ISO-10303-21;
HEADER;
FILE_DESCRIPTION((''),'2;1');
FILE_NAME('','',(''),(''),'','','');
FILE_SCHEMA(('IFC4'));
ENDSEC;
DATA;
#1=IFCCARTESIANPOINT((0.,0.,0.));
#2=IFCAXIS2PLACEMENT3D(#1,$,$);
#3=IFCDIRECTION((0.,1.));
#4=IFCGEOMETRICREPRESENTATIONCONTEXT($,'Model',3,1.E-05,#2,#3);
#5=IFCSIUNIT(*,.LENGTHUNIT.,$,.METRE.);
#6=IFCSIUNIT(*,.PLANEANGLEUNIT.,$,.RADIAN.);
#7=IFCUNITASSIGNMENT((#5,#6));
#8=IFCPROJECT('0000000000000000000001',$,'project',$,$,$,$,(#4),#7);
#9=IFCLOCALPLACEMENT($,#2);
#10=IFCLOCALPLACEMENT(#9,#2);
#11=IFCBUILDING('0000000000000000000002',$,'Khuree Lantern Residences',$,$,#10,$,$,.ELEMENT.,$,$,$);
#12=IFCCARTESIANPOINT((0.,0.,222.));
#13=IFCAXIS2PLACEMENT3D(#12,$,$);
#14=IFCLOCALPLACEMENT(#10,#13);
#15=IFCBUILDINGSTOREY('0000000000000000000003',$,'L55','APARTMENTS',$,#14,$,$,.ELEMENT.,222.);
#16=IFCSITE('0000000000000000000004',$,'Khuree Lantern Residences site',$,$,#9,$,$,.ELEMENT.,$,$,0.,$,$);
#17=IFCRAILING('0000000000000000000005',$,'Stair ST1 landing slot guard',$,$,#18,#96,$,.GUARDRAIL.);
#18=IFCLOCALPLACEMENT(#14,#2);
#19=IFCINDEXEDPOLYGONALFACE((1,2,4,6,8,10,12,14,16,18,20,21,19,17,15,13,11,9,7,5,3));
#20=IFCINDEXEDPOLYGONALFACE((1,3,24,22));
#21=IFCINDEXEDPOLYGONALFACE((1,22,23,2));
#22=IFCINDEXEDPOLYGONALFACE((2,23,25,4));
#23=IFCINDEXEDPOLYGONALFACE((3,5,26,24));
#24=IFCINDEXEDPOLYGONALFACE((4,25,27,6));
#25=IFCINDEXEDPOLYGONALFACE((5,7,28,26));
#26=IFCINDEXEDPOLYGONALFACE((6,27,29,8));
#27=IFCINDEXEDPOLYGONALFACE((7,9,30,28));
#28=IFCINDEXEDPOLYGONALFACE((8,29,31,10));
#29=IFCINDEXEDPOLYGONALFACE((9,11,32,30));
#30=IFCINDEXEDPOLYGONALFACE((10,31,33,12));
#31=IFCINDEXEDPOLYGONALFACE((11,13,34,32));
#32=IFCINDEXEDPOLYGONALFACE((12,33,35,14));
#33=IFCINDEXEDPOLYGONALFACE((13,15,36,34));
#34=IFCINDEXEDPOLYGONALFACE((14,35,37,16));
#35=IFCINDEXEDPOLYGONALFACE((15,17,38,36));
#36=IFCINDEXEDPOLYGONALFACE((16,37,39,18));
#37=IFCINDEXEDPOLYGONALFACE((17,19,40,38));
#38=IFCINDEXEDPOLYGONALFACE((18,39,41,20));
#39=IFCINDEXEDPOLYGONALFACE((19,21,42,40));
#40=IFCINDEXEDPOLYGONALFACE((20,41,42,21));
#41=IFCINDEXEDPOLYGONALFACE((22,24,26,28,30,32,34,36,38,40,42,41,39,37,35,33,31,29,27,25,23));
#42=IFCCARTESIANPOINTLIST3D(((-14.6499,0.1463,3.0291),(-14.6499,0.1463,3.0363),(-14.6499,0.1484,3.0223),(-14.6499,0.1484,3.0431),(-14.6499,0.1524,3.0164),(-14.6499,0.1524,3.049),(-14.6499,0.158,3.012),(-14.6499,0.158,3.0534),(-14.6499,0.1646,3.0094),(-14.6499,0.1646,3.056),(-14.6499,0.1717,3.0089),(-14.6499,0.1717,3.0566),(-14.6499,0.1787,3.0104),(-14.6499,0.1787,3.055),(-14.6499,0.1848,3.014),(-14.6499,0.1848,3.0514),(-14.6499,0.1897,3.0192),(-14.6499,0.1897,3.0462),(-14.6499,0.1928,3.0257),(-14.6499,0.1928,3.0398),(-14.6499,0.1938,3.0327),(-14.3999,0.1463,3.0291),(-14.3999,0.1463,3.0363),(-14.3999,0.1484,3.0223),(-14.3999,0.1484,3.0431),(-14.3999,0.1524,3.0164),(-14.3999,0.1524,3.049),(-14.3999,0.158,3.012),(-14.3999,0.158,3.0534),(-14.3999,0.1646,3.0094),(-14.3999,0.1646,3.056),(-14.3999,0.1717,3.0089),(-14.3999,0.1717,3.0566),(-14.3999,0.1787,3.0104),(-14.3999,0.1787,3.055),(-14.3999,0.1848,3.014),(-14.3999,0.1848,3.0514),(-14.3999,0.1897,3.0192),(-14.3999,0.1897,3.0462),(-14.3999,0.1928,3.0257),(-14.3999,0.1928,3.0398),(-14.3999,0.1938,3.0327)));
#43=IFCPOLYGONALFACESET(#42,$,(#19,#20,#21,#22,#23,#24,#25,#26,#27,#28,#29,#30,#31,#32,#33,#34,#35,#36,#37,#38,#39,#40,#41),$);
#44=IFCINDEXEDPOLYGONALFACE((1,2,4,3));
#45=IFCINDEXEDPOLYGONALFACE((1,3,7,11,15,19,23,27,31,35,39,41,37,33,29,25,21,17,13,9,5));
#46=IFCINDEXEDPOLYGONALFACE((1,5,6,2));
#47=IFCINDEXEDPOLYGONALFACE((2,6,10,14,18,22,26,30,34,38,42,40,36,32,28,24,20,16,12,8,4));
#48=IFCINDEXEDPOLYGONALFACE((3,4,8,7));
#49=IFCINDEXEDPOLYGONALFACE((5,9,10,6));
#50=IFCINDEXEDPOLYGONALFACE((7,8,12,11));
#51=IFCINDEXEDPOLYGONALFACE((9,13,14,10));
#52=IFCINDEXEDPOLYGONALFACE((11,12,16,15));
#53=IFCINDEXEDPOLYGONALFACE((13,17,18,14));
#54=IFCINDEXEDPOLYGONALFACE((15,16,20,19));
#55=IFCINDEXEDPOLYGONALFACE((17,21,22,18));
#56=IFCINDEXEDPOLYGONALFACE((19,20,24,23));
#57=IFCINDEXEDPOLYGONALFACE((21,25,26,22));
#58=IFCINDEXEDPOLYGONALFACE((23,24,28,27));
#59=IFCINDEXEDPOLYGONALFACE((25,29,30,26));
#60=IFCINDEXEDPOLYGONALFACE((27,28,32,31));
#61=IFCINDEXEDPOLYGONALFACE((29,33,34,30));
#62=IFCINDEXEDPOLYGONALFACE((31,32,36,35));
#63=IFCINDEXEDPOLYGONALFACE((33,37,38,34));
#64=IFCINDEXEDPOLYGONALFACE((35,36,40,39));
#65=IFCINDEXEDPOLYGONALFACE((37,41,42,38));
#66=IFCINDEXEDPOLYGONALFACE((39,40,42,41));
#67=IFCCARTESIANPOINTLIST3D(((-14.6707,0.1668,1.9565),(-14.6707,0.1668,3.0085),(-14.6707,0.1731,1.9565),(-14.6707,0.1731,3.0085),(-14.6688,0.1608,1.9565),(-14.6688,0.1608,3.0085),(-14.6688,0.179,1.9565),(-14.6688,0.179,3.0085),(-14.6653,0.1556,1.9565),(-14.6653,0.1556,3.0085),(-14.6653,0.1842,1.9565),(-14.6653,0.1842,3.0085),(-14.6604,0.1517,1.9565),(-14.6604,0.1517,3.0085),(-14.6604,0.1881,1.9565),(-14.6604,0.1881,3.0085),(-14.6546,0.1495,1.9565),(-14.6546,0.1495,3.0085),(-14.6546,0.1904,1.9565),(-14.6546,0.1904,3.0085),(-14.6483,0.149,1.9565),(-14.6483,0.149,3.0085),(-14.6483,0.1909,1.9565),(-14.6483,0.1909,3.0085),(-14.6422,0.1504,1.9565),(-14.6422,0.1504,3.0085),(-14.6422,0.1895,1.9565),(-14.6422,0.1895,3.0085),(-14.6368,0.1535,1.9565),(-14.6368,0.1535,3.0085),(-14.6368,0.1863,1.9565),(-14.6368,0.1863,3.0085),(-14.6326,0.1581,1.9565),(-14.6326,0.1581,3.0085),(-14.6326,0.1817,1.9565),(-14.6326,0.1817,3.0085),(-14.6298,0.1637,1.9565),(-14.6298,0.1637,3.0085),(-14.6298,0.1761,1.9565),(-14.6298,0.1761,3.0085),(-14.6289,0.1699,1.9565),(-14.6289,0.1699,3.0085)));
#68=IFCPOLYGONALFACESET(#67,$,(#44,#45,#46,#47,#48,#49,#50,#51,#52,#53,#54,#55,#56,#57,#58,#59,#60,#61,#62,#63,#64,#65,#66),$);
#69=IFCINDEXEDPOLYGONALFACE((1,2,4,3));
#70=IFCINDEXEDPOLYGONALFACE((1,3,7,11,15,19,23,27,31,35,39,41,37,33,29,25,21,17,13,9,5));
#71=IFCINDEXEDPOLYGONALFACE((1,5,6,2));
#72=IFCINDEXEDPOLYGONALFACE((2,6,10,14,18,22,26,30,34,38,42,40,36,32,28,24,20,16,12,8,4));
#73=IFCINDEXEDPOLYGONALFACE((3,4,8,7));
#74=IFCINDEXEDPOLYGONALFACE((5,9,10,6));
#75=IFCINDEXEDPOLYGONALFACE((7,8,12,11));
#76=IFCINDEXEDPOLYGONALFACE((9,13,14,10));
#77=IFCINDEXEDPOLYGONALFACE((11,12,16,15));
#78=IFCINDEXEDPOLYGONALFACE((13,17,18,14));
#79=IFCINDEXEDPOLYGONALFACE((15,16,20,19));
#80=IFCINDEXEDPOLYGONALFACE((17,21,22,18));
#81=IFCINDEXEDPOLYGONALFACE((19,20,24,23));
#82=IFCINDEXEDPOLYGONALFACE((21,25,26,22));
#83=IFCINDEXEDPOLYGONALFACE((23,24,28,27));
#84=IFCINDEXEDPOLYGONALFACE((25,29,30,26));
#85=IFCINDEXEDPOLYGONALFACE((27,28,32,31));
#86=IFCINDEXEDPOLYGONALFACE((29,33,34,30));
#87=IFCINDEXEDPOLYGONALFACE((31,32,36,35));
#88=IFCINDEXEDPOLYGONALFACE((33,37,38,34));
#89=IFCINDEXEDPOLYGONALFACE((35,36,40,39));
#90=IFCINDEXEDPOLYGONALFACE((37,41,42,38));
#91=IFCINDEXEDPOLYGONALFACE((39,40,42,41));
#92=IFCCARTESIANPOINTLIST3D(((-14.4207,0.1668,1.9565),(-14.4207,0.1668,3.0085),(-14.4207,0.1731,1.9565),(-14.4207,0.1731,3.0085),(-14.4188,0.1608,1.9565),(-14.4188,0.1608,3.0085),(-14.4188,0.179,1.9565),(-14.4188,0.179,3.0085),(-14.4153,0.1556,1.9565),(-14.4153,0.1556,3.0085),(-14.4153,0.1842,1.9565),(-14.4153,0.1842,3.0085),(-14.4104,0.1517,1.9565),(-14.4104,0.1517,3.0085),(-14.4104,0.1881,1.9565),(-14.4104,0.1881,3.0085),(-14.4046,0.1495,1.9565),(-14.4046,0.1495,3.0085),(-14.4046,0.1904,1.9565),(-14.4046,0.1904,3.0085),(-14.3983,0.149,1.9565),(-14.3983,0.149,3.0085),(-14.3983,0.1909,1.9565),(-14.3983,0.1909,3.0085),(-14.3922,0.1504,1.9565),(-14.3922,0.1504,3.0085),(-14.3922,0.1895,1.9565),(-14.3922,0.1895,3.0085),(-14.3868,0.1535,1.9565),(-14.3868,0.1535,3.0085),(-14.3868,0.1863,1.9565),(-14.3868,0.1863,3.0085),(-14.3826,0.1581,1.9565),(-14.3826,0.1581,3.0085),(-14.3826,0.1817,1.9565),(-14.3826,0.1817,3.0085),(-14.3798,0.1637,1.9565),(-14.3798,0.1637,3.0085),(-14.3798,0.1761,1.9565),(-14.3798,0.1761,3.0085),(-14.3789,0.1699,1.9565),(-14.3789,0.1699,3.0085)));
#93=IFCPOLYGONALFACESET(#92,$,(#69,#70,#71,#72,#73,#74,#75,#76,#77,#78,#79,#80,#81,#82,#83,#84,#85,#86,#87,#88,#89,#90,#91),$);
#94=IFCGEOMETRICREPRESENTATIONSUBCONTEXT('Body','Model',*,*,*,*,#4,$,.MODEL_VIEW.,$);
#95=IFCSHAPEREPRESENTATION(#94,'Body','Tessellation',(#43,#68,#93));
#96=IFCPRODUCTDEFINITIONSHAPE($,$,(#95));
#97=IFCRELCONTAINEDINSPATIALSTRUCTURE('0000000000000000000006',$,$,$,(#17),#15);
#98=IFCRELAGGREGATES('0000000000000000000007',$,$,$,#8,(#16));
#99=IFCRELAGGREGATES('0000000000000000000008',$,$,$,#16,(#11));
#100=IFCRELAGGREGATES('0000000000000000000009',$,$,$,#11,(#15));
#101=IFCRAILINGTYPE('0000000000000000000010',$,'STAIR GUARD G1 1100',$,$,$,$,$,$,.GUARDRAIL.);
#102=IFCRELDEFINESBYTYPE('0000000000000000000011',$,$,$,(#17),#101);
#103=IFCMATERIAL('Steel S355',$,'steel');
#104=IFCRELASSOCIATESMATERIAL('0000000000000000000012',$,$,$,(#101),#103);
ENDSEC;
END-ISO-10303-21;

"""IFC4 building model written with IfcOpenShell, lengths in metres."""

from ifc_helpers import new_model, si_unit, direction, frame, origin, origin_2d, place, context, subcontext, project, spatial, circle, extrude, material, type_object, element, save


model = new_model("IFC4")

# Units and contexts
model_context = context("Model", 3, precision=1e-05, world=origin(), true_north=direction((0.0, 1.0)))
body_context = subcontext(model_context, "Body", "Model", "MODEL_VIEW")
ifc_project = project(units=[si_unit("LENGTHUNIT", "METRE"), si_unit("PLANEANGLEUNIT", "RADIAN")], contexts=[model_context])

# Site, building, storey
site_placement = place(None, origin())
site = spatial("IfcSite", under=ifc_project, at=site_placement, Name="Khuree Lantern Residences site", CompositionType="ELEMENT", RefElevation=0.0)
building_placement = place(site_placement, origin())
building = spatial("IfcBuilding", under=site, at=building_placement, Name="Khuree Lantern Residences", CompositionType="ELEMENT")
storey_placement = place(building_placement, frame((0.0, 0.0, 222.0)))
storey = spatial("IfcBuildingStorey", under=building, at=storey_placement, Name="L55", Description="APARTMENTS", CompositionType="ELEMENT", Elevation=222.0)

# Railing
ifc_material_1 = material(Name="Steel S355", Category="steel")
railing_type = type_object("IfcRailingType", Name="STAIR GUARD G1 1100", PredefinedType="GUARDRAIL", material=ifc_material_1)
railing_placement = place(storey_placement, frame((-14.6499, 0.1699, 1.9565)))
element("IfcRailing", 1, at=railing_placement, inside=storey, type_object=railing_type, Name="Stair ST1 landing slot guard", PredefinedType="GUARDRAIL", context=body_context, shape_type="SweptSolid", body=[
    extrude(circle(Radius=0.0239, at=origin_2d()), frame((0.0, 0.0, 1.0762), z_axis=(1.0, 0.0, 0.0), x_axis=(0.0, 1.0, 0.0)), (0.0, 0.0, 1.0), 0.25),
    extrude(circle(Radius=0.021, at=origin_2d()), origin(), (0.0, 0.0, 1.0), 1.052),
    extrude(circle(Radius=0.021, at=origin_2d()), frame((0.25, 0.0, 0.0)), (0.0, 0.0, 1.0), 1.052),
])

save(model, "model.ifc")
